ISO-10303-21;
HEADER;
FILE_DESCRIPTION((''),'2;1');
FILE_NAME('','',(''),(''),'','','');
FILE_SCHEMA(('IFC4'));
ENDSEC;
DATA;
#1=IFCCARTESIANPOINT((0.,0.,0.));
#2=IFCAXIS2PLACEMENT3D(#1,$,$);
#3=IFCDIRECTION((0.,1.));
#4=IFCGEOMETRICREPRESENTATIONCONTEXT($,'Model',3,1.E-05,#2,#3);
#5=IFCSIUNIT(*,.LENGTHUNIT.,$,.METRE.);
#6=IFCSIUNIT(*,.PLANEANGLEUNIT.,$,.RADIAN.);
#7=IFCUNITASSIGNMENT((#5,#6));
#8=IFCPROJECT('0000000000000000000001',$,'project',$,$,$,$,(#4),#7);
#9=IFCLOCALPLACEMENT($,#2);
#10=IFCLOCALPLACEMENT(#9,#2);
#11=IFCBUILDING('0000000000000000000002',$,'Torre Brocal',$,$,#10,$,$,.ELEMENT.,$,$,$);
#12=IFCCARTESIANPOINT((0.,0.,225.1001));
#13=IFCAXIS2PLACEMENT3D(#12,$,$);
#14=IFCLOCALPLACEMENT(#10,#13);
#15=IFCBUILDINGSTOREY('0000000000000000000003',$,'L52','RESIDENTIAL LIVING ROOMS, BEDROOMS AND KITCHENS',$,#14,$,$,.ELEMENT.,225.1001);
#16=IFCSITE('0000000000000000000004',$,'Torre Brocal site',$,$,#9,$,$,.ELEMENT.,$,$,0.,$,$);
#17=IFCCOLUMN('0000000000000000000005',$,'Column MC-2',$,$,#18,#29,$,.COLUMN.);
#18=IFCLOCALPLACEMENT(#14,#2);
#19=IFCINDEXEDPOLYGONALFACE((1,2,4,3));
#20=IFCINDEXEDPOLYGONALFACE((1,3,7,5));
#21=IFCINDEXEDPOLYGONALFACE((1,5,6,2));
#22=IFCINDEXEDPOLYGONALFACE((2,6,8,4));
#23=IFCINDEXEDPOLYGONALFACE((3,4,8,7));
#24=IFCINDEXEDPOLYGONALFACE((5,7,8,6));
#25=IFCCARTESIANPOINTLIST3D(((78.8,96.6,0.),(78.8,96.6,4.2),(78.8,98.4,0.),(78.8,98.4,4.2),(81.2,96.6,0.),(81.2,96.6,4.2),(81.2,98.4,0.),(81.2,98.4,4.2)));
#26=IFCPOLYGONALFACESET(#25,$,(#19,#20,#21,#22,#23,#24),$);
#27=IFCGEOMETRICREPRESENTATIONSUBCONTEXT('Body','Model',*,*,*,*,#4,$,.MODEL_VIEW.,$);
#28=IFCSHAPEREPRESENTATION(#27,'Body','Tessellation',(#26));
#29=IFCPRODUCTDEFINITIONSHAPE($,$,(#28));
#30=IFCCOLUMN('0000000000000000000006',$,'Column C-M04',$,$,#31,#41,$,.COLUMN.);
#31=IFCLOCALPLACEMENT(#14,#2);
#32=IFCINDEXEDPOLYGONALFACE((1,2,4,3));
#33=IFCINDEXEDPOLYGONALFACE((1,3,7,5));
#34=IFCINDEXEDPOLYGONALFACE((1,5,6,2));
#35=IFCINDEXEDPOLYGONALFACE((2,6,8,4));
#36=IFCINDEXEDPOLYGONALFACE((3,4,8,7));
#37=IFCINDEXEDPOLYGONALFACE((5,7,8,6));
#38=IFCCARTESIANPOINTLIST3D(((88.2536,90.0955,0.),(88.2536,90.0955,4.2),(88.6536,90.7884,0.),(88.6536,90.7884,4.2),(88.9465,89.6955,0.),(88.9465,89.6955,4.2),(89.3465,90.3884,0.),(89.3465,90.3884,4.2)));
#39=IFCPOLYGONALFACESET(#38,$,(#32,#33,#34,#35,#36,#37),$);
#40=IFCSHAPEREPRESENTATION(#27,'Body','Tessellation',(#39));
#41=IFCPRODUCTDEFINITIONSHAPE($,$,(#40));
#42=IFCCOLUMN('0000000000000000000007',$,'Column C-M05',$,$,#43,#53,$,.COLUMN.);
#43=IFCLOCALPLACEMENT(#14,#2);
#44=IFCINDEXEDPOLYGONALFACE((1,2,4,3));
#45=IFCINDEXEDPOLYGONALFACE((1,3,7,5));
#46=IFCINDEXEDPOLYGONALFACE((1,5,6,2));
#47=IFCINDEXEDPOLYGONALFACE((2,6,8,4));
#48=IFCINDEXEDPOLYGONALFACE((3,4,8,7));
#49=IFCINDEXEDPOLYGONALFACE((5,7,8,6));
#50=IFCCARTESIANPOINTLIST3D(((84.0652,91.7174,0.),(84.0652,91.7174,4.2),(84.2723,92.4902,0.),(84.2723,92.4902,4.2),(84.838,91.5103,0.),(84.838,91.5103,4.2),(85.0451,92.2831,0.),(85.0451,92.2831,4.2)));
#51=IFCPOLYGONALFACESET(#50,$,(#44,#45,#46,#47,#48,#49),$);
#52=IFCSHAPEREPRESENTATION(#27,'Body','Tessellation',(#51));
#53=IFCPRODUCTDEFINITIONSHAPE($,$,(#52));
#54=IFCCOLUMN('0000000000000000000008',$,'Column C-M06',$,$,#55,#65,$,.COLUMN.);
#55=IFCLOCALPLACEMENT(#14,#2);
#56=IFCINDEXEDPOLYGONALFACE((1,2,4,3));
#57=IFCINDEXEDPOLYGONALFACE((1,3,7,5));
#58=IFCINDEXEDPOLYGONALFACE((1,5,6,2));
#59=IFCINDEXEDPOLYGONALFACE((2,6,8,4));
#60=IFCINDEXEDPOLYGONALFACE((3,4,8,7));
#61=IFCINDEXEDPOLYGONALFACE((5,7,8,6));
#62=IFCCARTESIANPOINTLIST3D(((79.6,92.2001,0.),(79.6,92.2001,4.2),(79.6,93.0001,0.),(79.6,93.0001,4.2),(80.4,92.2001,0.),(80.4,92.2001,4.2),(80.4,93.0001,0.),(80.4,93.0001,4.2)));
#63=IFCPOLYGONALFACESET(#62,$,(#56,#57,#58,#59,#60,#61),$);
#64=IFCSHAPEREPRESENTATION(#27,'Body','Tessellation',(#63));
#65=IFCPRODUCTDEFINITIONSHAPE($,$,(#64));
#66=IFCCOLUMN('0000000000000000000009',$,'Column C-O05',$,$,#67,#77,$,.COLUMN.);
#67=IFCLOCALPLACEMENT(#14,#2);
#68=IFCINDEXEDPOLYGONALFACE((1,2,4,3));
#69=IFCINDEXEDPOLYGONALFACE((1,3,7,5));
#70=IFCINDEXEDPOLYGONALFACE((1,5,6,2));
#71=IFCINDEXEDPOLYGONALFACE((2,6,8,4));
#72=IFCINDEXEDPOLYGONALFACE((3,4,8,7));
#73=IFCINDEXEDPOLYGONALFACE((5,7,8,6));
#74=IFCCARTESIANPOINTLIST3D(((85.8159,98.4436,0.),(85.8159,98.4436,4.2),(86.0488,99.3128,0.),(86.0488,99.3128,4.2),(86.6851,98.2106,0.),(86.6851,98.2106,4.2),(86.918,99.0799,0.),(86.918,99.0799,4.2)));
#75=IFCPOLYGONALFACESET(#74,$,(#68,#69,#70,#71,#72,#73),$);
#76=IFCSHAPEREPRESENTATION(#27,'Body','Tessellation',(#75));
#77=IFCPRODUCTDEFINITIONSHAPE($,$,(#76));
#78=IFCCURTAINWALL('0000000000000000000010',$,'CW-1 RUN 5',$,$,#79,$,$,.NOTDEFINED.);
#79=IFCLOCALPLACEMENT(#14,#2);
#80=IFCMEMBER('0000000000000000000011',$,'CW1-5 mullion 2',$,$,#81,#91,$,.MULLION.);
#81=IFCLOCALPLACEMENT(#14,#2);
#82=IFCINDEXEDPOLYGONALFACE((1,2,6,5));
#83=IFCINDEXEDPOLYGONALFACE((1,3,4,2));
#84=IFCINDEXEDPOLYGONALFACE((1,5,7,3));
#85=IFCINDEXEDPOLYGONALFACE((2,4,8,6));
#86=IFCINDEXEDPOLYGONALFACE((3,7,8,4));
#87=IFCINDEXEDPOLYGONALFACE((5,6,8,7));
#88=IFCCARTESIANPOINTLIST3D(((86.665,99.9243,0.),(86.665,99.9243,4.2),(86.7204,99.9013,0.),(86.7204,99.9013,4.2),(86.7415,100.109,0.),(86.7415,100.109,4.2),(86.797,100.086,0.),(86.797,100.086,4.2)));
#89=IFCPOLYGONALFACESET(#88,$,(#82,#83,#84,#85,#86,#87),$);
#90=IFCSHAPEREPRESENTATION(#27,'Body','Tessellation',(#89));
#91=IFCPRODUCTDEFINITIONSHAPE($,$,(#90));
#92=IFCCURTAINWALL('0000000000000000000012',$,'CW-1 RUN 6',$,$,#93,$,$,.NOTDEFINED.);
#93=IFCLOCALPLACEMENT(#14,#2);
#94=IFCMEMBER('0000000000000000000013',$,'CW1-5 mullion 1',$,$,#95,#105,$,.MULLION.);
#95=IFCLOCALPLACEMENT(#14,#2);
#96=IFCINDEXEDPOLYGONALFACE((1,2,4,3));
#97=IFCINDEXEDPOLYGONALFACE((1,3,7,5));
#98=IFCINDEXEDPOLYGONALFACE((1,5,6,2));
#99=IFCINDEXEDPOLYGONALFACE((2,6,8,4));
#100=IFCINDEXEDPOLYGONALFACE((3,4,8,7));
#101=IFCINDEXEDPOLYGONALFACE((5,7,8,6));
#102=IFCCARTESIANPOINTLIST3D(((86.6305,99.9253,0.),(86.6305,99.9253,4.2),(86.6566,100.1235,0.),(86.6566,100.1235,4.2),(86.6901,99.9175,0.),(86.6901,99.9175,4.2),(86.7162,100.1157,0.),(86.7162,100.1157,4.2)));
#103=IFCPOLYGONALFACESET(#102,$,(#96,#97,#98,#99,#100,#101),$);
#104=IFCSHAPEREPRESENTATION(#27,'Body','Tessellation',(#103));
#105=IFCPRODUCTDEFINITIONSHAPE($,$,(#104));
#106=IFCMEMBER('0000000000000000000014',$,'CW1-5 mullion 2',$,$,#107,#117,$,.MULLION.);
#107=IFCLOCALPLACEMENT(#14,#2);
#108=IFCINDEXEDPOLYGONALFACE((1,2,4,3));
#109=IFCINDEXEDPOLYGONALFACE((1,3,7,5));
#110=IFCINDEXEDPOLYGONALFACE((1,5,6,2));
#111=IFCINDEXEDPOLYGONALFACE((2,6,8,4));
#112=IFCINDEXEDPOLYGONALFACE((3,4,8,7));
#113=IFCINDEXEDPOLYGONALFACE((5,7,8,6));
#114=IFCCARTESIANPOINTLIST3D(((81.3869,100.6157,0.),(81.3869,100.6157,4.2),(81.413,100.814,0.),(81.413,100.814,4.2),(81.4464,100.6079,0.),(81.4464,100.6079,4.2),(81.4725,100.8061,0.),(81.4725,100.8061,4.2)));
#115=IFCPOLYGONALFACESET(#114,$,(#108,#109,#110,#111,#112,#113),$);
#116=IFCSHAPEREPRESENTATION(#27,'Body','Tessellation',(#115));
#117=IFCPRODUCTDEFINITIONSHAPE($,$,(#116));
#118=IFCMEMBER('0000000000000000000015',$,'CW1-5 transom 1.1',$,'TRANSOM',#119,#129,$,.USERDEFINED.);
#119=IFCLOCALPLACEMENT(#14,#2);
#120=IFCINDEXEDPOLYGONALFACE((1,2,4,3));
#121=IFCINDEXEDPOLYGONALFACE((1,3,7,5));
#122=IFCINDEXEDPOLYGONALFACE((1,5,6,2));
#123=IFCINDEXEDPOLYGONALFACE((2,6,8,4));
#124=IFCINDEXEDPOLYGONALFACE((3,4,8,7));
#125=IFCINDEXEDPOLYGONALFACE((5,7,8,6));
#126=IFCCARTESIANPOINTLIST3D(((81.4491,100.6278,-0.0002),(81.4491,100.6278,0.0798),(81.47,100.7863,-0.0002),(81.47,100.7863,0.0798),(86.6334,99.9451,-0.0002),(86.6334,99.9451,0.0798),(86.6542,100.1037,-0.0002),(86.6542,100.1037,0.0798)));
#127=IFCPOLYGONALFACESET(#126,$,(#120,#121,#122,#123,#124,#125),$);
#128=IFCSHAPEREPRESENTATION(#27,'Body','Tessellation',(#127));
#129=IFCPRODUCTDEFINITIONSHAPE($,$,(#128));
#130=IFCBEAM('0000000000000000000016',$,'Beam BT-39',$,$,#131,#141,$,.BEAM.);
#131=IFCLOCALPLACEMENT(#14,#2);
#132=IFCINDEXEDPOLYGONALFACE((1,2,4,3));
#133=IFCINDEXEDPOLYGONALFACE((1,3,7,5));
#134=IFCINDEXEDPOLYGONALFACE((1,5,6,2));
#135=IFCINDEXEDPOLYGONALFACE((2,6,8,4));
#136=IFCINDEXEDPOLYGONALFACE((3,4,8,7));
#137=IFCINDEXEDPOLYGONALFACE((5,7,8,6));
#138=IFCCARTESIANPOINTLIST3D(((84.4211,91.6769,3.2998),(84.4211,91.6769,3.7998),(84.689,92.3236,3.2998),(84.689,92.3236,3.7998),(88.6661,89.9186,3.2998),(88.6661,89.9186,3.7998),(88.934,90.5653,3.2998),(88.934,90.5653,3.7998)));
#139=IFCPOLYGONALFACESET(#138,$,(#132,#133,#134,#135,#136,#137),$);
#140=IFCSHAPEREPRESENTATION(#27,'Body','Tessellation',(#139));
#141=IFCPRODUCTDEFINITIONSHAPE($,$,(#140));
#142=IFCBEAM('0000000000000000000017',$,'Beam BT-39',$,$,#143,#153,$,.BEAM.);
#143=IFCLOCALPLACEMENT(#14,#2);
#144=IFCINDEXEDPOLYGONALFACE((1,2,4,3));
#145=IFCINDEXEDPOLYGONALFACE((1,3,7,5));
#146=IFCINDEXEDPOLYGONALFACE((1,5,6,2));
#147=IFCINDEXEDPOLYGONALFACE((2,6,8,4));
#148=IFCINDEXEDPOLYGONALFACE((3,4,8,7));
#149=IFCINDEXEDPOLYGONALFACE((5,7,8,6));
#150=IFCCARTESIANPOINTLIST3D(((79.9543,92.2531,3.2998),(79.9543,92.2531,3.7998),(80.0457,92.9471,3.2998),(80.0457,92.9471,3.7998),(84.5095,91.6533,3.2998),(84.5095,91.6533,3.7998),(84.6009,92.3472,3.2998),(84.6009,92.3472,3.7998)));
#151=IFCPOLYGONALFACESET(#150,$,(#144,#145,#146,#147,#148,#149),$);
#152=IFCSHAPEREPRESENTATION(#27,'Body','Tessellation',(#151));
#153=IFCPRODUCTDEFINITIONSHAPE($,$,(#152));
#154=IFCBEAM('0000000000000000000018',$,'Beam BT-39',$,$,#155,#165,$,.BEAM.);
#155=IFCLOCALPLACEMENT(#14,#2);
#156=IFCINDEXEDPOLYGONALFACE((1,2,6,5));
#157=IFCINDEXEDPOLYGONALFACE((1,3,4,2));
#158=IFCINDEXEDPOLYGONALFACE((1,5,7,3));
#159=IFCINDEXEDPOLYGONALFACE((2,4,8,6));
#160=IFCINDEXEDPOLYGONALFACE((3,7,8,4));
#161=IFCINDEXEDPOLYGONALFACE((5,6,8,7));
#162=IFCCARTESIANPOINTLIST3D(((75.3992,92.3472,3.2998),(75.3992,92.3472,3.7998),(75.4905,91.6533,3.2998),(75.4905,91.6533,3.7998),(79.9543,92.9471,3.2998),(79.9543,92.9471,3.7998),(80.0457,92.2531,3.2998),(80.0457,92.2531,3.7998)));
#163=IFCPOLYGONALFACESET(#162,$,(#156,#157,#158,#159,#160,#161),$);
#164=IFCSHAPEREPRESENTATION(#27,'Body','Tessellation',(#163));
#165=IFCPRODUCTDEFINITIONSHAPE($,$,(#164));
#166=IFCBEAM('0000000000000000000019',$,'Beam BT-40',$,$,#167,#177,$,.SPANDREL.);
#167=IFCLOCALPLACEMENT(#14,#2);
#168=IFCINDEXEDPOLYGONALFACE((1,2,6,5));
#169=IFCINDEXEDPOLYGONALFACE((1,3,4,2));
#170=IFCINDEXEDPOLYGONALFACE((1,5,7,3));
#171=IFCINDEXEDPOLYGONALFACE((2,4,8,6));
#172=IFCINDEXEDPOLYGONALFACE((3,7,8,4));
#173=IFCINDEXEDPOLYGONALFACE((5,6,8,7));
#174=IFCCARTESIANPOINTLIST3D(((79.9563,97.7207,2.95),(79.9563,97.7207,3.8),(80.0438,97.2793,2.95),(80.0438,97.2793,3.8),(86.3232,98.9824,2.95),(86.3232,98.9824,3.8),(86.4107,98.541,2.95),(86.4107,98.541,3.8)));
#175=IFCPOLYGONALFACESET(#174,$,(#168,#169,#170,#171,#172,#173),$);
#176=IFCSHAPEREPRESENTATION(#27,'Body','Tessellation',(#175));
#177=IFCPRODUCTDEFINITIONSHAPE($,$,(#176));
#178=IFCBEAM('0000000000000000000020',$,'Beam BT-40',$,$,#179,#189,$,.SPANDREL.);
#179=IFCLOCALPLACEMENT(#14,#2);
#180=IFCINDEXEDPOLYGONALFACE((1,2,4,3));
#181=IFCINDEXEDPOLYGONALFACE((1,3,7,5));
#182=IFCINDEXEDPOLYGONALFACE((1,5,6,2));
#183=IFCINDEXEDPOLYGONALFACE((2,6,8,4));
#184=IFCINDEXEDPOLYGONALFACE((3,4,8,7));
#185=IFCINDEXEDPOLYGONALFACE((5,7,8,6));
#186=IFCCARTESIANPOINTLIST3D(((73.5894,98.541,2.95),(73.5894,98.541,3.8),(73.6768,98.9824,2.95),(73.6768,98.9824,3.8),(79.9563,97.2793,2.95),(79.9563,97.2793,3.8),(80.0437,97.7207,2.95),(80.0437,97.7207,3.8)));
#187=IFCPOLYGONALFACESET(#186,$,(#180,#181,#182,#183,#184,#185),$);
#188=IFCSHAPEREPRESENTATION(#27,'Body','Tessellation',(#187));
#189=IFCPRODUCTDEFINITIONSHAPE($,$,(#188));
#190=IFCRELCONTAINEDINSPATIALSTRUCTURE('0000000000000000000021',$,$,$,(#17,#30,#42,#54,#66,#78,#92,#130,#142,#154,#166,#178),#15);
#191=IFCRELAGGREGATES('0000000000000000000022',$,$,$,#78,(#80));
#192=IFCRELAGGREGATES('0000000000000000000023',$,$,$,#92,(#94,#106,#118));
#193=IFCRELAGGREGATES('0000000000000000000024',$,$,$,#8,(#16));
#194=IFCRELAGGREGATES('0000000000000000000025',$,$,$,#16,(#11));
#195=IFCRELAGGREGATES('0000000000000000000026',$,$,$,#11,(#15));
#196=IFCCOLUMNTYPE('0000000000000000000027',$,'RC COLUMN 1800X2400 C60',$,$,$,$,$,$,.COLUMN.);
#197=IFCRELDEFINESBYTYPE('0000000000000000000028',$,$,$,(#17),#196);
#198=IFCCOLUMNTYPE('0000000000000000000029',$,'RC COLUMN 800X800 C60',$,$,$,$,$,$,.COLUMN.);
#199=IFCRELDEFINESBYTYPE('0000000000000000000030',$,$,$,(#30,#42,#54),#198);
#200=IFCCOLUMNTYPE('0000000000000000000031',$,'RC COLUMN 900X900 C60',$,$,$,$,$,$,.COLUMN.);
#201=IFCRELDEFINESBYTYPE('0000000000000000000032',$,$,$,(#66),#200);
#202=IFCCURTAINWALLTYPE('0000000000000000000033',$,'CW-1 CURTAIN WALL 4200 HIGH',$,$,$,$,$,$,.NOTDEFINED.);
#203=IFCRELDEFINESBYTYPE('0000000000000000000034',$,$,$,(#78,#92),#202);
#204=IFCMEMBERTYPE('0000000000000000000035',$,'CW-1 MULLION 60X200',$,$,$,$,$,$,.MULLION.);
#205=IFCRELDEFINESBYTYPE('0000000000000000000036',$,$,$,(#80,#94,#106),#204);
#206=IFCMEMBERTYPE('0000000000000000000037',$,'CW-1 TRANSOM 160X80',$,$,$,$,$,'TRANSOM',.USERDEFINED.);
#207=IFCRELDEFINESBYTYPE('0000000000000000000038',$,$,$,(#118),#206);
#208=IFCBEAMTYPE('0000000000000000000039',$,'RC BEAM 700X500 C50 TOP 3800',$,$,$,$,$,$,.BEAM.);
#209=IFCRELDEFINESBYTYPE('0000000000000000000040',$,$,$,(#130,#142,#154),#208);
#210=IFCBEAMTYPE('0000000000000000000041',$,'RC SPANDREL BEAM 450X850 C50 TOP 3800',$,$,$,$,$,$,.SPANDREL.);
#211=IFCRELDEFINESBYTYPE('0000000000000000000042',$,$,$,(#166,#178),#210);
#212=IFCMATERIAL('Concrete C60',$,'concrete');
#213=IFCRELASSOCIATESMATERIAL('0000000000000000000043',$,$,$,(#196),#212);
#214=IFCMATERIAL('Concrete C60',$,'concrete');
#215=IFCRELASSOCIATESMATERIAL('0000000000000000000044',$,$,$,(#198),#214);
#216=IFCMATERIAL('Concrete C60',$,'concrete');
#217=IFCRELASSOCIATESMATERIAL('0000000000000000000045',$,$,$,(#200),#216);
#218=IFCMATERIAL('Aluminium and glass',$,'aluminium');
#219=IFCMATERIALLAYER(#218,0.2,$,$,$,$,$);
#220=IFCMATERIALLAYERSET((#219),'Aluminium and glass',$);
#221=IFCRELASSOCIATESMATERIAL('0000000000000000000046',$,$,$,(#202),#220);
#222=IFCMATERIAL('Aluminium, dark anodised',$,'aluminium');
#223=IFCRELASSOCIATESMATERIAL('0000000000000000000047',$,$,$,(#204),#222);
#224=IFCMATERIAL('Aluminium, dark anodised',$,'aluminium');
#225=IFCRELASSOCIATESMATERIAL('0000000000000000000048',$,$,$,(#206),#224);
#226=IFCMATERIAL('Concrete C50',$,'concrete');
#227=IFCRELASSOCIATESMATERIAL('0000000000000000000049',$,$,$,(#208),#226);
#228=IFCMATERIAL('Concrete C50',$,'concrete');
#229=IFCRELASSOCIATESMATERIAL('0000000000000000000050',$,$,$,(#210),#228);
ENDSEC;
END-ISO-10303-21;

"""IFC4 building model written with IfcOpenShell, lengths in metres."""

from ifc_helpers import new_model, si_unit, direction, frame, origin, origin_2d, place, context, subcontext, project, spatial, rectangle, extrude, material, layer, layer_set, material_profile, profile_set, type_object, element, aggregate, save


model = new_model("IFC4")

# Units and contexts
model_context = context("Model", 3, precision=1e-05, world=origin(), true_north=direction((0.0, 1.0)))
body_context = subcontext(model_context, "Body", "Model", "MODEL_VIEW")
ifc_project = project(units=[si_unit("LENGTHUNIT", "METRE"), si_unit("PLANEANGLEUNIT", "RADIAN")], contexts=[model_context])

# Site, building, storey
site_placement = place(None, origin())
site = spatial("IfcSite", under=ifc_project, at=site_placement, Name="Torre Brocal site", CompositionType="ELEMENT", RefElevation=0.0)
building_placement = place(site_placement, origin())
building = spatial("IfcBuilding", under=site, at=building_placement, Name="Torre Brocal", CompositionType="ELEMENT")
storey_placement = place(building_placement, frame((0.0, 0.0, 225.1001)))
storey = spatial("IfcBuildingStorey", under=building, at=storey_placement, Name="L52", Description="RESIDENTIAL LIVING ROOMS, BEDROOMS AND KITCHENS", CompositionType="ELEMENT", Elevation=225.1001)

# Columns
ifc_material_1 = material(Name="Concrete C60", Category="concrete")
ifc_material_profile_1 = material_profile(ifc_material_1, rectangle(XDim=1.8, YDim=2.3999, at=origin_2d()), Name="RC 1800X2400")
ifc_profile_set_1 = profile_set([ifc_material_profile_1], Name="Concrete C60")
column_type_1 = type_object("IfcColumnType", Name="RC COLUMN 1800X2400 C60", PredefinedType="COLUMN", material=ifc_profile_set_1)
column_1_placement = place(storey_placement, frame((80.0, 97.5, 0.0), z_axis=(0.0, 0.0, 1.0), x_axis=(0.0, 1.0, 0.0)))
element("IfcColumn", 1, at=column_1_placement, inside=storey, type_object=column_type_1, Name="Column MC-2", PredefinedType="COLUMN", context=body_context, shape_type="SweptSolid", body=[
    extrude(rectangle(XDim=1.8, YDim=2.3999, at=origin_2d()), origin(), (0.0, 0.0, 1.0), 4.2),
])
ifc_material_2 = material(Name="Concrete C60", Category="concrete")
ifc_material_profile_2 = material_profile(ifc_material_2, rectangle(XDim=0.8, YDim=0.8, at=origin_2d()), Name="RC 800X800")
ifc_profile_set_2 = profile_set([ifc_material_profile_2], Name="Concrete C60")
column_type_2 = type_object("IfcColumnType", Name="RC COLUMN 800X800 C60", PredefinedType="COLUMN", material=ifc_profile_set_2)
for number, where, z_axis, x_axis, name in (
    (2, (88.8, 90.2419, 0.0), (0.0, 0.0, 1.0), (0.5, 0.866025, 0.0), "Column C-M04"),
    (3, (84.5552, 92.0002, 0.0), (0.0, 0.0, 1.0), (0.258819, 0.965926, 0.0), "Column C-M05"),
    (4, (80.0, 92.6001, 0.0), (0.0, 0.0, 1.0), (0.0, 1.0, 0.0), "Column C-M06"),
):
    element("IfcColumn", number, at=place(storey_placement, frame(where, z_axis=z_axis, x_axis=x_axis)), inside=storey, type_object=column_type_2, Name=name, PredefinedType="COLUMN", context=body_context, shape_type="SweptSolid", body=[
        extrude(rectangle(XDim=0.8, YDim=0.8, at=origin_2d()), origin(), (0.0, 0.0, 1.0), 4.2),
    ])
ifc_material_3 = material(Name="Concrete C60", Category="concrete")
ifc_material_profile_3 = material_profile(ifc_material_3, rectangle(XDim=0.8999, YDim=0.8999, at=origin_2d()), Name="RC 900X900")
ifc_profile_set_3 = profile_set([ifc_material_profile_3], Name="Concrete C60")
column_type_3 = type_object("IfcColumnType", Name="RC COLUMN 900X900 C60", PredefinedType="COLUMN", material=ifc_profile_set_3)
column_2_placement = place(storey_placement, frame((86.3669, 98.7617, 0.0), z_axis=(0.0, 0.0, 1.0), x_axis=(0.258819, 0.965926, 0.0)))
element("IfcColumn", 5, at=column_2_placement, inside=storey, type_object=column_type_3, Name="Column C-O05", PredefinedType="COLUMN", context=body_context, shape_type="SweptSolid", body=[
    extrude(rectangle(XDim=0.8999, YDim=0.8999, at=origin_2d()), origin(), (0.0, 0.0, 1.0), 4.2),
])

# Curtain wall, member
ifc_material_4 = material(Name="Aluminium and glass", Category="aluminium")
ifc_layer_1 = layer(ifc_material_4, 0.2)
ifc_layer_set_1 = layer_set([ifc_layer_1], Name="Aluminium and glass")
curtain_wall_type = type_object("IfcCurtainWallType", Name="CW-1 CURTAIN WALL 4200 HIGH", PredefinedType="NOTDEFINED", material=ifc_layer_set_1)
curtain_wall_1_placement = place(storey_placement, origin())
curtain_wall_1 = element("IfcCurtainWall", 6, at=curtain_wall_1_placement, inside=storey, type_object=curtain_wall_type, Name="CW-1 RUN 5", PredefinedType="NOTDEFINED")
ifc_material_5 = material(Name="Aluminium, dark anodised", Category="aluminium")
ifc_material_profile_4 = material_profile(ifc_material_5, rectangle(XDim=0.2, YDim=0.0601, at=origin_2d()), Name="CW-1 MULLION 60X200")
ifc_profile_set_4 = profile_set([ifc_material_profile_4], Name="Aluminium, dark anodised")
member_type_1 = type_object("IfcMemberType", Name="CW-1 MULLION 60X200", PredefinedType="MULLION", material=ifc_profile_set_4)
member_1_placement = place(storey_placement, frame((86.731, 100.0051, 0.0), z_axis=(0.0, 0.0, 1.0), x_axis=(-0.382683, -0.92388, 0.0)))
member_1 = element("IfcMember", 7, at=member_1_placement, type_object=member_type_1, Name="CW1-5 mullion 2", PredefinedType="MULLION", context=body_context, shape_type="SweptSolid", body=[
    extrude(rectangle(XDim=0.2, YDim=0.0601, at=origin_2d()), origin(), (0.0, 0.0, 1.0), 4.2),
])

# Curtain wall, members
curtain_wall_2_placement = place(storey_placement, origin())
curtain_wall_2 = element("IfcCurtainWall", 8, at=curtain_wall_2_placement, inside=storey, type_object=curtain_wall_type, Name="CW-1 RUN 6", PredefinedType="NOTDEFINED")
member_2_placement = place(storey_placement, frame((86.6733, 100.0205, 0.0), z_axis=(0.0, 0.0, 1.0), x_axis=(-0.130526, -0.991445, 0.0)))
member_2 = element("IfcMember", 9, at=member_2_placement, type_object=member_type_1, Name="CW1-5 mullion 1", PredefinedType="MULLION", context=body_context, shape_type="SweptSolid", body=[
    extrude(rectangle(XDim=0.2, YDim=0.0601, at=origin_2d()), origin(), (0.0, 0.0, 1.0), 4.2),
])
member_3_placement = place(storey_placement, frame((81.4297, 100.7109, 0.0), z_axis=(0.0, 0.0, 1.0), x_axis=(-0.130526, -0.991445, 0.0)))
member_3 = element("IfcMember", 10, at=member_3_placement, type_object=member_type_1, Name="CW1-5 mullion 2", PredefinedType="MULLION", context=body_context, shape_type="SweptSolid", body=[
    extrude(rectangle(XDim=0.2, YDim=0.0601, at=origin_2d()), origin(), (0.0, 0.0, 1.0), 4.2),
])
ifc_material_6 = material(Name="Aluminium, dark anodised", Category="aluminium")
ifc_material_profile_5 = material_profile(ifc_material_6, rectangle(XDim=0.1599, YDim=0.0801, at=origin_2d()), Name="CW-1 TRANSOM 160X80")
ifc_profile_set_5 = profile_set([ifc_material_profile_5], Name="Aluminium, dark anodised")
member_type_2 = type_object("IfcMemberType", Name="CW-1 TRANSOM 160X80", ElementType="TRANSOM", PredefinedType="USERDEFINED", material=ifc_profile_set_5)
member_4_placement = place(storey_placement, frame((86.6438, 100.0244, 0.0398), z_axis=(-0.991443, 0.130543, 0.0), x_axis=(-0.130543, -0.991443, 0.0)))
member_4 = element("IfcMember", 11, at=member_4_placement, type_object=member_type_2, Name="CW1-5 transom 1.1", ObjectType="TRANSOM", PredefinedType="USERDEFINED", context=body_context, shape_type="SweptSolid", body=[
    extrude(rectangle(XDim=0.1599, YDim=0.0801, at=origin_2d()), origin(), (0.0, 0.0, 1.0), 5.229),
])

# Beams
ifc_material_7 = material(Name="Concrete C50", Category="concrete")
ifc_material_profile_6 = material_profile(ifc_material_7, rectangle(XDim=0.7, YDim=0.5, at=origin_2d()), Name="RC 700X500")
ifc_profile_set_6 = profile_set([ifc_material_profile_6], Name="Concrete C50")
beam_type_1 = type_object("IfcBeamType", Name="RC BEAM 700X500 C50 TOP 3800", PredefinedType="BEAM", material=ifc_profile_set_6)
beam_placement = place(storey_placement, frame((88.8, 90.2419, 3.5498), z_axis=(-0.923878, 0.382687, 0.0), x_axis=(-0.382687, -0.923878, 0.0)))
element("IfcBeam", 12, at=beam_placement, inside=storey, type_object=beam_type_1, Name="Beam BT-39", PredefinedType="BEAM", context=body_context, shape_type="SweptSolid", body=[
    extrude(rectangle(XDim=0.7, YDim=0.5, at=origin_2d()), origin(), (0.0, 0.0, 1.0), 4.5947),
])
for number, where, z_axis, x_axis, name in (
    (13, (84.5552, 92.0002, 3.5498), (-0.991441, 0.130559, 0.0), (-0.130559, -0.991441, 0.0), "Beam BT-39"),
    (14, (80.0, 92.6001, 3.5498), (-0.991441, -0.130559, 0.0), (0.130559, -0.991441, 0.0), "Beam BT-39"),
):
    element("IfcBeam", number, at=place(storey_placement, frame(where, z_axis=z_axis, x_axis=x_axis)), inside=storey, type_object=beam_type_1, Name=name, PredefinedType="BEAM", context=body_context, shape_type="SweptSolid", body=[
        extrude(rectangle(XDim=0.7, YDim=0.5, at=origin_2d()), origin(), (0.0, 0.0, 1.0), 4.5945),
    ])
ifc_material_8 = material(Name="Concrete C50", Category="concrete")
ifc_material_profile_7 = material_profile(ifc_material_8, rectangle(XDim=0.45, YDim=0.8501, at=origin_2d()), Name="RC 450X850")
ifc_profile_set_7 = profile_set([ifc_material_profile_7], Name="Concrete C50")
beam_type_2 = type_object("IfcBeamType", Name="RC SPANDREL BEAM 450X850 C50 TOP 3800", PredefinedType="SPANDREL", material=ifc_profile_set_7)
for number, where, z_axis, x_axis, name in (
    (15, (86.3669, 98.7617, 3.375), (-0.980925, -0.194387, 0.0), (0.194387, -0.980925, 0.0), "Beam BT-40"),
    (16, (80.0, 97.5, 3.375), (-0.980925, 0.194387, 0.0), (-0.194387, -0.980925, 0.0), "Beam BT-40"),
):
    element("IfcBeam", number, at=place(storey_placement, frame(where, z_axis=z_axis, x_axis=x_axis)), inside=storey, type_object=beam_type_2, Name=name, PredefinedType="SPANDREL", context=body_context, shape_type="SweptSolid", body=[
        extrude(rectangle(XDim=0.45, YDim=0.8501, at=origin_2d()), origin(), (0.0, 0.0, 1.0), 6.4907),
    ])

aggregate(curtain_wall_1, [member_1])
aggregate(curtain_wall_2, [member_2, member_3, member_4])

save(model, "model.ifc")
